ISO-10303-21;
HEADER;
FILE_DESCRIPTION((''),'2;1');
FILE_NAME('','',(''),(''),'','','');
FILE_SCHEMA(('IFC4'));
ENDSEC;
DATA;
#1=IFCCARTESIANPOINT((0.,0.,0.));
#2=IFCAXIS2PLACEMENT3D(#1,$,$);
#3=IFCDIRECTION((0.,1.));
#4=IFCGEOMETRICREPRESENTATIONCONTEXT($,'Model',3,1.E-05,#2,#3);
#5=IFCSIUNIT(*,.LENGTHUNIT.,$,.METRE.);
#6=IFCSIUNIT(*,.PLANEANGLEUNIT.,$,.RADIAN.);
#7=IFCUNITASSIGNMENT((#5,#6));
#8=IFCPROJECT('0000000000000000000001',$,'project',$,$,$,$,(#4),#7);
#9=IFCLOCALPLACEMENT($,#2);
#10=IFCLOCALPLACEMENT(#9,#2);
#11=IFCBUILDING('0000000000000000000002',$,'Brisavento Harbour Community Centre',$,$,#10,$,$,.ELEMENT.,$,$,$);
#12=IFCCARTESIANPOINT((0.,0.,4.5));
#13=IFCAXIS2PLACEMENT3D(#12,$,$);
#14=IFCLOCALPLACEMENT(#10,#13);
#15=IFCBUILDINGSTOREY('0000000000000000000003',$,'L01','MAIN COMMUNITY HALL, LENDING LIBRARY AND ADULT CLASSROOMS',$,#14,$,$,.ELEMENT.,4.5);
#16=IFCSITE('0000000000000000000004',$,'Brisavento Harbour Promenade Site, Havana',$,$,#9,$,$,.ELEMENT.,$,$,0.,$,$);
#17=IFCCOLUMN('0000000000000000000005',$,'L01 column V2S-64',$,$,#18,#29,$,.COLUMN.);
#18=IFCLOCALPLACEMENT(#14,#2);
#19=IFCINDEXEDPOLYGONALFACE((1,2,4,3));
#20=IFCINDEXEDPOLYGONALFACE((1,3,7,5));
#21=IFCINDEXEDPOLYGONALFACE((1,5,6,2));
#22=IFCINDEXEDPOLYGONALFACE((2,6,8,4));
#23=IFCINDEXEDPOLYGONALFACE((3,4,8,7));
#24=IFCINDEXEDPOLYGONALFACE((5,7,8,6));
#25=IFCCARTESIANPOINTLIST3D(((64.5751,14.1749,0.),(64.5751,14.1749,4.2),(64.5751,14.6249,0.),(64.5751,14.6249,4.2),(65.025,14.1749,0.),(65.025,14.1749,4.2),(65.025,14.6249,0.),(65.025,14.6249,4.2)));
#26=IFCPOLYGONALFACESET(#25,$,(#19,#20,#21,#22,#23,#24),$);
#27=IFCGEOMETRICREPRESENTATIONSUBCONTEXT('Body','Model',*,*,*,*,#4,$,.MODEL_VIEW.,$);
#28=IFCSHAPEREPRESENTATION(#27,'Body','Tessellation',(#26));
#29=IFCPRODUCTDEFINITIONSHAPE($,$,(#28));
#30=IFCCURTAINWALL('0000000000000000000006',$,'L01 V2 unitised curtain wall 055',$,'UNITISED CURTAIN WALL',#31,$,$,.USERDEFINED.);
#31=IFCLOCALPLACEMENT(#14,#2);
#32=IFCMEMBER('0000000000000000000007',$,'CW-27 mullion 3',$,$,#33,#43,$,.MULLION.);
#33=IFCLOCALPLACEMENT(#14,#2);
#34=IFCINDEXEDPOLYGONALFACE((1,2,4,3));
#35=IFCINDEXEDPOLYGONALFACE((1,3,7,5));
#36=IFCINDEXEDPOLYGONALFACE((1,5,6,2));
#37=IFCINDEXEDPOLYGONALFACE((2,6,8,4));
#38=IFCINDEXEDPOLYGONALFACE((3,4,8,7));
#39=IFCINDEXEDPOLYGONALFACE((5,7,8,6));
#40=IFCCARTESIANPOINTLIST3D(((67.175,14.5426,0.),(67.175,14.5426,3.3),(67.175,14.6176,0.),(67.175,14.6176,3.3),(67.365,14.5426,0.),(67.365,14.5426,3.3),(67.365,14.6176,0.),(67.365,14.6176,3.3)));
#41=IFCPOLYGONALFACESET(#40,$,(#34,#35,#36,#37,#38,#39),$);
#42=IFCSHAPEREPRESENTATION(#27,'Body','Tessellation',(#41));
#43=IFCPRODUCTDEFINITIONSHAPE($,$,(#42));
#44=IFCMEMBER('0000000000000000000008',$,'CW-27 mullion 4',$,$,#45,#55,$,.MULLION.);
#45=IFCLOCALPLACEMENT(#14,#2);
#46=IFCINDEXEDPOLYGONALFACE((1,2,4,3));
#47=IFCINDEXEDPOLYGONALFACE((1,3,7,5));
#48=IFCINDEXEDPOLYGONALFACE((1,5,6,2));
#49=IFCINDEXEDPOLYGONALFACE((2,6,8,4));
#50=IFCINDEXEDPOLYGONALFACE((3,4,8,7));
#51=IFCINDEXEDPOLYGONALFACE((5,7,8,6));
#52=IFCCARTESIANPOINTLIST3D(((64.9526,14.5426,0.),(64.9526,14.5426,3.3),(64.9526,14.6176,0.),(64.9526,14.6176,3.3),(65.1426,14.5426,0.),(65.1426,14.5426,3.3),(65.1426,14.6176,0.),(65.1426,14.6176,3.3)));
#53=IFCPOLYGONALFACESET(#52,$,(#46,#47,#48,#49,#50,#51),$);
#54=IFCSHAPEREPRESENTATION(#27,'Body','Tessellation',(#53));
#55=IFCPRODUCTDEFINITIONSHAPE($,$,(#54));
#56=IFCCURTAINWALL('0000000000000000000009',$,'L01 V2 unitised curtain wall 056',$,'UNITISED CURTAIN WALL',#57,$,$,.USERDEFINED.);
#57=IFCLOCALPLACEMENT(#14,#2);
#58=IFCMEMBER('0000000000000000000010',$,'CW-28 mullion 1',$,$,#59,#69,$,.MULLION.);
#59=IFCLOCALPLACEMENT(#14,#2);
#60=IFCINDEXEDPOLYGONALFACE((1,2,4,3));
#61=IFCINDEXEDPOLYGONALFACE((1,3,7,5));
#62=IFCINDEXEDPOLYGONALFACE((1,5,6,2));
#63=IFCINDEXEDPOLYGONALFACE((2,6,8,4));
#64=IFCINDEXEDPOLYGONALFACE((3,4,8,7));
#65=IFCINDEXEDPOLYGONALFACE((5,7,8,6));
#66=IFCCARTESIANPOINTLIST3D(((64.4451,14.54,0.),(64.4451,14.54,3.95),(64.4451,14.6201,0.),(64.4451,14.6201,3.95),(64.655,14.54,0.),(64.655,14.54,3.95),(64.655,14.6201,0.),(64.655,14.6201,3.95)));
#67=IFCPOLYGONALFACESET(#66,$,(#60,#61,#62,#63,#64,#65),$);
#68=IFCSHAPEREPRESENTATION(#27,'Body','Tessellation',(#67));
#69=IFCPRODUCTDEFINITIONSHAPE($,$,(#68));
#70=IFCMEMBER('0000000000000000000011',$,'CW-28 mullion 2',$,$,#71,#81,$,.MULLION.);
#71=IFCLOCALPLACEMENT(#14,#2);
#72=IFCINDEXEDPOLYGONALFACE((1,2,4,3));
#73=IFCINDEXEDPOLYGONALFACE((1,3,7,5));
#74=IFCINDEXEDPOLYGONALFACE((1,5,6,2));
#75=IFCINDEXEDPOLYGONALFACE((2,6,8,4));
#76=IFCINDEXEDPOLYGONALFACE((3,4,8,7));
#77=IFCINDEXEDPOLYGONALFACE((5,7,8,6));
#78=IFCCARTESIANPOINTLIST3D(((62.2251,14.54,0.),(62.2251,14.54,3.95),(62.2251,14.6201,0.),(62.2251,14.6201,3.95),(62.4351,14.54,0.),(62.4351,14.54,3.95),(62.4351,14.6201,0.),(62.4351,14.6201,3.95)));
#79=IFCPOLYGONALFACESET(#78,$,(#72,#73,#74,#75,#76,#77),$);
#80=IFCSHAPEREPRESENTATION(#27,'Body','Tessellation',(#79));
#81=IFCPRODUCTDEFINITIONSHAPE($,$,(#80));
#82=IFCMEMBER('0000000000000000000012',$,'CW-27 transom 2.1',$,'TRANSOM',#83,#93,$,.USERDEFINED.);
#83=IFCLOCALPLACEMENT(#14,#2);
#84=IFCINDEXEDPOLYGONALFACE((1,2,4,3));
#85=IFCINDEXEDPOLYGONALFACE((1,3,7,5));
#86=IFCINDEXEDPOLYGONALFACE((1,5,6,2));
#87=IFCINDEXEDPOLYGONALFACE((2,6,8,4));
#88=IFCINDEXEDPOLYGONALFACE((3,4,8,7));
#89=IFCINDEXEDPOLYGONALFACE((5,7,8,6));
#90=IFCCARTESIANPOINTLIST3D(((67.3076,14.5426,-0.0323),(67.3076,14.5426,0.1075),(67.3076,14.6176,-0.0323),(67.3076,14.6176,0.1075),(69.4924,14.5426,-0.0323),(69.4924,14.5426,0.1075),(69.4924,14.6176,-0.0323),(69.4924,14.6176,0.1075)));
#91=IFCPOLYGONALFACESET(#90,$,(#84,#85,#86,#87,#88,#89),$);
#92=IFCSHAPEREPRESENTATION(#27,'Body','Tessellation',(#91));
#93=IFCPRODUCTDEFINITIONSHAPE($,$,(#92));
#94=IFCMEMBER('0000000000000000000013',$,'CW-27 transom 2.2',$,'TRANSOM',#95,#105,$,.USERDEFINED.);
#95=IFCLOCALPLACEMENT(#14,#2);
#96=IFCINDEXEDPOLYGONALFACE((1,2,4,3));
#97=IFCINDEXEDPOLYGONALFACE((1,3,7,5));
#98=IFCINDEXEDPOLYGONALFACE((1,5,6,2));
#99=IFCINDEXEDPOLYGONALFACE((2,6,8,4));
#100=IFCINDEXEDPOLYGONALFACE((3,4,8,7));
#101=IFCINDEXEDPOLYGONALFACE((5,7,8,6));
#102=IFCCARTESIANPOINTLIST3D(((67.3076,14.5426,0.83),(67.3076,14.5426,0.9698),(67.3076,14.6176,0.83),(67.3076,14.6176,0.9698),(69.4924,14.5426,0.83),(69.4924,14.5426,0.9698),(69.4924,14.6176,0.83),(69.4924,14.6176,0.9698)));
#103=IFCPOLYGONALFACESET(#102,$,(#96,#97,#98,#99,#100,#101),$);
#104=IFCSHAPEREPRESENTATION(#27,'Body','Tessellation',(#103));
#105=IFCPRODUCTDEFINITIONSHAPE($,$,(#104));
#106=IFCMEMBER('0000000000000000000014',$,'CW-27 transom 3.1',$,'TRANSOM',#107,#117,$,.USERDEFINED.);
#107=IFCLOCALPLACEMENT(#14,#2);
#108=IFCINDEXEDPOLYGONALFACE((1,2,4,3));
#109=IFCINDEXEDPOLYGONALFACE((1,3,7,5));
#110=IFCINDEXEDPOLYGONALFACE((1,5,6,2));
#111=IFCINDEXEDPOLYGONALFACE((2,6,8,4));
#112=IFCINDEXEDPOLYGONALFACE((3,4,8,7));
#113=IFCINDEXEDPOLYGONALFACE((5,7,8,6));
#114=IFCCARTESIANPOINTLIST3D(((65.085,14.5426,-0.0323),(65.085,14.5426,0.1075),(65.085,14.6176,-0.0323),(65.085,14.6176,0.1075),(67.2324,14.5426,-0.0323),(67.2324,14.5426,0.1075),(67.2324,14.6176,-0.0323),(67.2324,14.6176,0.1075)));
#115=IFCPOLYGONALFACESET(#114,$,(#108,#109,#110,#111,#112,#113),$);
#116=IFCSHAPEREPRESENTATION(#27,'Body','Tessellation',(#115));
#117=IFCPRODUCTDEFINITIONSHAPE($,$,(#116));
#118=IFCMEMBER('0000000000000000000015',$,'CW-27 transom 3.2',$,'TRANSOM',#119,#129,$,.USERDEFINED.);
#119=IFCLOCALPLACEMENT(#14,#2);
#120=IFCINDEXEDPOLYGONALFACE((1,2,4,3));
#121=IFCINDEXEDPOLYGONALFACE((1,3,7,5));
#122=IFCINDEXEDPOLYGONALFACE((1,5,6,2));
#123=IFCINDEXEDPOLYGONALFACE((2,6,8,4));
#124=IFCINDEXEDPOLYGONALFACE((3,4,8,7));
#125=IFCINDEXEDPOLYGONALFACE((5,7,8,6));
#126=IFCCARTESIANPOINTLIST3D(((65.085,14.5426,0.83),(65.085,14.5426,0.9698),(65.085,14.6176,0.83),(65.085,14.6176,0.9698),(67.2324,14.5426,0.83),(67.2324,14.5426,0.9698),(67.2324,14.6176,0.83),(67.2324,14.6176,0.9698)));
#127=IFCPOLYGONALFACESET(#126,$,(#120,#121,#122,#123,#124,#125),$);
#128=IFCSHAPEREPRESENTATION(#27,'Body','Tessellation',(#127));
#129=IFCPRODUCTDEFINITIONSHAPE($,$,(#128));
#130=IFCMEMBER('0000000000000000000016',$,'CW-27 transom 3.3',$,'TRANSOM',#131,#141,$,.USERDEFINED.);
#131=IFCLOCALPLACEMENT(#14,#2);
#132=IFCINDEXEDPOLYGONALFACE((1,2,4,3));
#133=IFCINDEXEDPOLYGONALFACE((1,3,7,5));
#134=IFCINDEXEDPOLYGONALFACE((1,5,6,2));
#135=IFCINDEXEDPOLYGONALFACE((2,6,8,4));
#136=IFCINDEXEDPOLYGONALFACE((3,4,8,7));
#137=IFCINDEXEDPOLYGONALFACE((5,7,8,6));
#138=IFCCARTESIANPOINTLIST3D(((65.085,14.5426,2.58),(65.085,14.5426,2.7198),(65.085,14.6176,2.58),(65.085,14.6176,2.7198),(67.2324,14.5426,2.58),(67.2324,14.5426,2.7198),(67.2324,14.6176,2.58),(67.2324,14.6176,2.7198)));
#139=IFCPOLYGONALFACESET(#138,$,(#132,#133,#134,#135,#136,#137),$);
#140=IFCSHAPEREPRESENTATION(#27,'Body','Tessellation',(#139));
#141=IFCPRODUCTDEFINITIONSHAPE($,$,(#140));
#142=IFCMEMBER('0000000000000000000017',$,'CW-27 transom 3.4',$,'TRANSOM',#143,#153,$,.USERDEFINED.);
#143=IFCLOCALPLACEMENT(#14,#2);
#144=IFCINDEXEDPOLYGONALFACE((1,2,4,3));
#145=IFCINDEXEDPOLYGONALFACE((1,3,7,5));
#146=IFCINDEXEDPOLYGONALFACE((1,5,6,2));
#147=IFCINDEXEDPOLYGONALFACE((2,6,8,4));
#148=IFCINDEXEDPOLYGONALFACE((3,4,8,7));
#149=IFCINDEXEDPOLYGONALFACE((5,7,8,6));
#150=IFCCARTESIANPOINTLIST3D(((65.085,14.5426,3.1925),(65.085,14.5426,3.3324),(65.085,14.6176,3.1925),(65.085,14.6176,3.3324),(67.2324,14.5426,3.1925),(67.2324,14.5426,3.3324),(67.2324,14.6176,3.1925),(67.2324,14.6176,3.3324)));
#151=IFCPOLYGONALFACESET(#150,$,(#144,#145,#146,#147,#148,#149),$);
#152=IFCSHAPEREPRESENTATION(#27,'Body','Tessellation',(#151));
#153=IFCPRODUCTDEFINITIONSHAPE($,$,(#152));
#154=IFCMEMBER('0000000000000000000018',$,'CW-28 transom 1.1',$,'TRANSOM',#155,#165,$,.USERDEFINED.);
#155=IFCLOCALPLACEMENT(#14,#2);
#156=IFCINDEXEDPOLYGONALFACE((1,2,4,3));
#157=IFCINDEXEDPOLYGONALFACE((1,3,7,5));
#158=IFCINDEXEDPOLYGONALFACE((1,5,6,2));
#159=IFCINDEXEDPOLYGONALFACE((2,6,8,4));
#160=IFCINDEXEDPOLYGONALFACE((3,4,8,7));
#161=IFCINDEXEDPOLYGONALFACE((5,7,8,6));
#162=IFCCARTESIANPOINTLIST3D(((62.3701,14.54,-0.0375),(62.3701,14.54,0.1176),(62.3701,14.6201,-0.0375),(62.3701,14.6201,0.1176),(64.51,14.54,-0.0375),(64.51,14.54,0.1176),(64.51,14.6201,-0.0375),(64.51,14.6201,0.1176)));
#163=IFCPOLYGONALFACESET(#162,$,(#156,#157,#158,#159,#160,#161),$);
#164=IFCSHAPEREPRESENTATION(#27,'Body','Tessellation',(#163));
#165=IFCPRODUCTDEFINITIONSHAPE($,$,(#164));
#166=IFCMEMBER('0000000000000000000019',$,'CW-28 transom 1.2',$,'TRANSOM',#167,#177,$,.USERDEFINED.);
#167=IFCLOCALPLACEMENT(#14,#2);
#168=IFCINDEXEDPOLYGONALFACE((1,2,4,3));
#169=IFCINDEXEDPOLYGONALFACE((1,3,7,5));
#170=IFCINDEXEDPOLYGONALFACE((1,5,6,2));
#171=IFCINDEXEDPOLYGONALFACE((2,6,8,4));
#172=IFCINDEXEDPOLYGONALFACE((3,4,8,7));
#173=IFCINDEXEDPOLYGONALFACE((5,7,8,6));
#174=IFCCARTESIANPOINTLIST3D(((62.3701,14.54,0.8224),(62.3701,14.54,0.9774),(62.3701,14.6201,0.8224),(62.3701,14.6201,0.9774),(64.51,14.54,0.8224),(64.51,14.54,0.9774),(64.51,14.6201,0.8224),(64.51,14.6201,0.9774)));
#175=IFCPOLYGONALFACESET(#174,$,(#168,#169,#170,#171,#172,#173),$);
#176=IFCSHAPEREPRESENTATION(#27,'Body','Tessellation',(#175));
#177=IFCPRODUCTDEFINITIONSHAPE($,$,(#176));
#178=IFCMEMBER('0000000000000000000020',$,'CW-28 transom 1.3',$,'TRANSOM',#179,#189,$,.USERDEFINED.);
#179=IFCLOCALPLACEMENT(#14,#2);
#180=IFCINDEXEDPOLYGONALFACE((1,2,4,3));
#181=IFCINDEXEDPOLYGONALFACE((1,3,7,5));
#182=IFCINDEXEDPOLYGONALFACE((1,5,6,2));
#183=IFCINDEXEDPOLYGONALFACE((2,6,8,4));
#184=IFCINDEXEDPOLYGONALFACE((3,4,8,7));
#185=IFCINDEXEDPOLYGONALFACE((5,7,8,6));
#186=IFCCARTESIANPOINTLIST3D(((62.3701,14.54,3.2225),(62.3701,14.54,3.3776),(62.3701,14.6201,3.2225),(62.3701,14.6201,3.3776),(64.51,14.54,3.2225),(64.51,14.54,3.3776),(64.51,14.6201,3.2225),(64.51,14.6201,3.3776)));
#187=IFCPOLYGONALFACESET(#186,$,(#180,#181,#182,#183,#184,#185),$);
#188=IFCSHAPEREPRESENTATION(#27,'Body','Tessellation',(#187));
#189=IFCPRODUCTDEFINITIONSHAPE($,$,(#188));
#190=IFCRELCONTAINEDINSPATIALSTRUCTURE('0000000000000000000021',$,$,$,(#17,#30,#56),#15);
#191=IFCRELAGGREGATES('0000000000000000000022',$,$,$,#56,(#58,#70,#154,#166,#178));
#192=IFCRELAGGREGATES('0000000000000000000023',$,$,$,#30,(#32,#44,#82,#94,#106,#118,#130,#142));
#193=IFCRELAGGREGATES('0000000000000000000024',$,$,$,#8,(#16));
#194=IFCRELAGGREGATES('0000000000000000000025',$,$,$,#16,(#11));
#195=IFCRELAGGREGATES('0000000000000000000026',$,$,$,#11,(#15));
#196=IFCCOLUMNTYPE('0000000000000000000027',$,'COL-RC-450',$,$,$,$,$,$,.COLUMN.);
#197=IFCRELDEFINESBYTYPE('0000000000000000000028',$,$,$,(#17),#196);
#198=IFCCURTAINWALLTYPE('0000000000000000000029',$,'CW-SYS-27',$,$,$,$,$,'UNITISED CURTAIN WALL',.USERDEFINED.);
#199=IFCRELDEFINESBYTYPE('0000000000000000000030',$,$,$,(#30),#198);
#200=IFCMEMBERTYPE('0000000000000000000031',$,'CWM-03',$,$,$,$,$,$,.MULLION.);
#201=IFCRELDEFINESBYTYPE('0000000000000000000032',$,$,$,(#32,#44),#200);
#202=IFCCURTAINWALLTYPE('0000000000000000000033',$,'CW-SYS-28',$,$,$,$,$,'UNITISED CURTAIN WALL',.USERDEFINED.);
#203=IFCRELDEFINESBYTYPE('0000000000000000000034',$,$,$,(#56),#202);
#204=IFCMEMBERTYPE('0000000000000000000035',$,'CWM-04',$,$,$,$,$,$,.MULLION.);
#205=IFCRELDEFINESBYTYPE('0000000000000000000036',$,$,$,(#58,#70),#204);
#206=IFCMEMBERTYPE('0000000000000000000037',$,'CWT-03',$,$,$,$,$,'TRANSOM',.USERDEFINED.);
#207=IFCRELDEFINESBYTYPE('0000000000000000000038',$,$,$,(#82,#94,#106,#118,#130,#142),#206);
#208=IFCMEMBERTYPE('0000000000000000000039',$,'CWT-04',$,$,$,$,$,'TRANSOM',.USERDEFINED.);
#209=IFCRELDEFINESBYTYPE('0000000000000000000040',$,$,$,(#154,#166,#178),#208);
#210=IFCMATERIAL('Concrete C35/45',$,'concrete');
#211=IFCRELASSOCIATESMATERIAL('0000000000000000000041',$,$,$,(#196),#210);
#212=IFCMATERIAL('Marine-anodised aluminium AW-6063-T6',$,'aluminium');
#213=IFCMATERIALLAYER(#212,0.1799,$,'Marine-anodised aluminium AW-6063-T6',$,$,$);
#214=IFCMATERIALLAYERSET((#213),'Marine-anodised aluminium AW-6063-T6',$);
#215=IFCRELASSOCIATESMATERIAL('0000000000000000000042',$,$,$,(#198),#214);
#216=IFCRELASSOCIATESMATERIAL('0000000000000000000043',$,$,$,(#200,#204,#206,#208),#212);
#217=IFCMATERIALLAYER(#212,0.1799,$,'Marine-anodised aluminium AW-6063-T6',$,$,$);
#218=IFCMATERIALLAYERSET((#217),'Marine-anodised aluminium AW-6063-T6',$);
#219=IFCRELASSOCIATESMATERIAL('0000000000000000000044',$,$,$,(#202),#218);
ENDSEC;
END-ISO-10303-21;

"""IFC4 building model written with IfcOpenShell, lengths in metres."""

from ifc_helpers import new_model, si_unit, direction, frame, origin, origin_2d, place, context, subcontext, project, spatial, rectangle, extrude, material, layer, layer_set, material_profile, profile_set, type_object, element, aggregate, save


model = new_model("IFC4")

# Units and contexts
model_context = context("Model", 3, precision=1e-05, world=origin(), true_north=direction((0.0, 1.0)))
body_context = subcontext(model_context, "Body", "Model", "MODEL_VIEW")
ifc_project = project(units=[si_unit("LENGTHUNIT", "METRE"), si_unit("PLANEANGLEUNIT", "RADIAN")], contexts=[model_context])

# Site, building, storey
site_placement = place(None, origin())
site = spatial("IfcSite", under=ifc_project, at=site_placement, Name="Brisavento Harbour Promenade Site, Havana", CompositionType="ELEMENT", RefElevation=0.0)
building_placement = place(site_placement, origin())
building = spatial("IfcBuilding", under=site, at=building_placement, Name="Brisavento Harbour Community Centre", CompositionType="ELEMENT")
storey_placement = place(building_placement, frame((0.0, 0.0, 4.5)))
storey = spatial("IfcBuildingStorey", under=building, at=storey_placement, Name="L01", Description="MAIN COMMUNITY HALL, LENDING LIBRARY AND ADULT CLASSROOMS", CompositionType="ELEMENT", Elevation=4.5)

# Column
ifc_material_1 = material(Name="Concrete C35/45", Category="concrete")
ifc_material_profile_1 = material_profile(ifc_material_1, rectangle(XDim=0.45, YDim=0.45, at=origin_2d()), Name="Concrete C35/45")
ifc_profile_set_1 = profile_set([ifc_material_profile_1], Name="Concrete C35/45")
column_type = type_object("IfcColumnType", Name="COL-RC-450", PredefinedType="COLUMN", material=ifc_profile_set_1)
column_placement = place(storey_placement, frame((64.8, 14.3999, 0.0), z_axis=(0.0, 0.0, 1.0), x_axis=(1.0, 0.0, 0.0)))
element("IfcColumn", 1, at=column_placement, inside=storey, type_object=column_type, Name="L01 column V2S-64", PredefinedType="COLUMN", context=body_context, shape_type="SweptSolid", body=[
    extrude(rectangle(XDim=0.45, YDim=0.45, at=origin_2d()), origin(), (0.0, 0.0, 1.0), 4.2),
])

# Curtain walls, members
ifc_material_2 = material(Name="Marine-anodised aluminium AW-6063-T6", Category="aluminium")
ifc_layer_1 = layer(ifc_material_2, 0.1799, Name="Marine-anodised aluminium AW-6063-T6")
ifc_layer_set_1 = layer_set([ifc_layer_1], Name="Marine-anodised aluminium AW-6063-T6")
curtain_wall_type_1 = type_object("IfcCurtainWallType", Name="CW-SYS-27", ElementType="UNITISED CURTAIN WALL", PredefinedType="USERDEFINED", material=ifc_layer_set_1)
curtain_wall_1_placement = place(storey_placement, origin())
curtain_wall_1 = element("IfcCurtainWall", 2, at=curtain_wall_1_placement, inside=storey, type_object=curtain_wall_type_1, Name="L01 V2 unitised curtain wall 055", ObjectType="UNITISED CURTAIN WALL", PredefinedType="USERDEFINED")
ifc_material_profile_2 = material_profile(ifc_material_2, rectangle(XDim=0.075, YDim=0.1899, at=origin_2d()), Name="Marine-anodised aluminium AW-6063-T6")
ifc_profile_set_2 = profile_set([ifc_material_profile_2], Name="Marine-anodised aluminium AW-6063-T6")
member_type_1 = type_object("IfcMemberType", Name="CWM-03", PredefinedType="MULLION", material=ifc_profile_set_2)
member_1_placement = place(storey_placement, frame((67.27, 14.5801, 0.0), z_axis=(0.0, 0.0, 1.0), x_axis=(0.0, -1.0, 0.0)))
member_1 = element("IfcMember", 3, at=member_1_placement, type_object=member_type_1, Name="CW-27 mullion 3", PredefinedType="MULLION", context=body_context, shape_type="SweptSolid", body=[
    extrude(rectangle(XDim=0.075, YDim=0.1899, at=origin_2d()), origin(), (0.0, 0.0, 1.0), 3.3),
])
member_2_placement = place(storey_placement, frame((65.0476, 14.5801, 0.0), z_axis=(0.0, 0.0, 1.0), x_axis=(0.0, -1.0, 0.0)))
member_2 = element("IfcMember", 4, at=member_2_placement, type_object=member_type_1, Name="CW-27 mullion 4", PredefinedType="MULLION", context=body_context, shape_type="SweptSolid", body=[
    extrude(rectangle(XDim=0.075, YDim=0.1899, at=origin_2d()), origin(), (0.0, 0.0, 1.0), 3.3),
])
ifc_layer_2 = layer(ifc_material_2, 0.1799, Name="Marine-anodised aluminium AW-6063-T6")
ifc_layer_set_2 = layer_set([ifc_layer_2], Name="Marine-anodised aluminium AW-6063-T6")
curtain_wall_type_2 = type_object("IfcCurtainWallType", Name="CW-SYS-28", ElementType="UNITISED CURTAIN WALL", PredefinedType="USERDEFINED", material=ifc_layer_set_2)
curtain_wall_2_placement = place(storey_placement, origin())
curtain_wall_2 = element("IfcCurtainWall", 5, at=curtain_wall_2_placement, inside=storey, type_object=curtain_wall_type_2, Name="L01 V2 unitised curtain wall 056", ObjectType="UNITISED CURTAIN WALL", PredefinedType="USERDEFINED")
ifc_material_profile_3 = material_profile(ifc_material_2, rectangle(XDim=0.0801, YDim=0.21, at=origin_2d()), Name="Marine-anodised aluminium AW-6063-T6")
ifc_profile_set_3 = profile_set([ifc_material_profile_3], Name="Marine-anodised aluminium AW-6063-T6")
member_type_2 = type_object("IfcMemberType", Name="CWM-04", PredefinedType="MULLION", material=ifc_profile_set_3)
member_3_placement = place(storey_placement, frame((64.55, 14.5801, 0.0), z_axis=(0.0, 0.0, 1.0), x_axis=(0.0, -1.0, 0.0)))
member_3 = element("IfcMember", 6, at=member_3_placement, type_object=member_type_2, Name="CW-28 mullion 1", PredefinedType="MULLION", context=body_context, shape_type="SweptSolid", body=[
    extrude(rectangle(XDim=0.0801, YDim=0.21, at=origin_2d()), origin(), (0.0, 0.0, 1.0), 3.95),
])
member_4_placement = place(storey_placement, frame((62.3301, 14.5801, 0.0), z_axis=(0.0, 0.0, 1.0), x_axis=(0.0, -1.0, 0.0)))
member_4 = element("IfcMember", 7, at=member_4_placement, type_object=member_type_2, Name="CW-28 mullion 2", PredefinedType="MULLION", context=body_context, shape_type="SweptSolid", body=[
    extrude(rectangle(XDim=0.0801, YDim=0.21, at=origin_2d()), origin(), (0.0, 0.0, 1.0), 3.95),
])

# Members
ifc_material_profile_4 = material_profile(ifc_material_2, rectangle(XDim=0.075, YDim=0.1399, at=origin_2d()), Name="Marine-anodised aluminium AW-6063-T6")
ifc_profile_set_4 = profile_set([ifc_material_profile_4], Name="Marine-anodised aluminium AW-6063-T6")
member_type_3 = type_object("IfcMemberType", Name="CWT-03", ElementType="TRANSOM", PredefinedType="USERDEFINED", material=ifc_profile_set_4)
member_5_placement = place(storey_placement, frame((69.4924, 14.5801, 0.0376), z_axis=(-1.0, 0.0, 0.0), x_axis=(0.0, -1.0, 0.0)))
member_5 = element("IfcMember", 8, at=member_5_placement, type_object=member_type_3, Name="CW-27 transom 2.1", ObjectType="TRANSOM", PredefinedType="USERDEFINED", context=body_context, shape_type="SweptSolid", body=[
    extrude(rectangle(XDim=0.075, YDim=0.1399, at=origin_2d()), origin(), (0.0, 0.0, 1.0), 2.1848),
])
member_6_placement = place(storey_placement, frame((69.4924, 14.5801, 0.8999), z_axis=(-1.0, 0.0, 0.0), x_axis=(0.0, -1.0, 0.0)))
member_6 = element("IfcMember", 9, at=member_6_placement, type_object=member_type_3, Name="CW-27 transom 2.2", ObjectType="TRANSOM", PredefinedType="USERDEFINED", context=body_context, shape_type="SweptSolid", body=[
    extrude(rectangle(XDim=0.075, YDim=0.1399, at=origin_2d()), origin(), (0.0, 0.0, 1.0), 2.1848),
])
member_7_placement = place(storey_placement, frame((67.2324, 14.5801, 0.0376), z_axis=(-1.0, 0.0, 0.0), x_axis=(0.0, -1.0, 0.0)))
member_7 = element("IfcMember", 10, at=member_7_placement, type_object=member_type_3, Name="CW-27 transom 3.1", ObjectType="TRANSOM", PredefinedType="USERDEFINED", context=body_context, shape_type="SweptSolid", body=[
    extrude(rectangle(XDim=0.075, YDim=0.1399, at=origin_2d()), origin(), (0.0, 0.0, 1.0), 2.1475),
])
member_8_placement = place(storey_placement, frame((67.2324, 14.5801, 0.8999), z_axis=(-1.0, 0.0, 0.0), x_axis=(0.0, -1.0, 0.0)))
member_8 = element("IfcMember", 11, at=member_8_placement, type_object=member_type_3, Name="CW-27 transom 3.2", ObjectType="TRANSOM", PredefinedType="USERDEFINED", context=body_context, shape_type="SweptSolid", body=[
    extrude(rectangle(XDim=0.075, YDim=0.1399, at=origin_2d()), origin(), (0.0, 0.0, 1.0), 2.1475),
])
member_9_placement = place(storey_placement, frame((67.2324, 14.5801, 2.6499), z_axis=(-1.0, 0.0, 0.0), x_axis=(0.0, -1.0, 0.0)))
member_9 = element("IfcMember", 12, at=member_9_placement, type_object=member_type_3, Name="CW-27 transom 3.3", ObjectType="TRANSOM", PredefinedType="USERDEFINED", context=body_context, shape_type="SweptSolid", body=[
    extrude(rectangle(XDim=0.075, YDim=0.1399, at=origin_2d()), origin(), (0.0, 0.0, 1.0), 2.1475),
])
member_10_placement = place(storey_placement, frame((67.2324, 14.5801, 3.2625), z_axis=(-1.0, 0.0, 0.0), x_axis=(0.0, -1.0, 0.0)))
member_10 = element("IfcMember", 13, at=member_10_placement, type_object=member_type_3, Name="CW-27 transom 3.4", ObjectType="TRANSOM", PredefinedType="USERDEFINED", context=body_context, shape_type="SweptSolid", body=[
    extrude(rectangle(XDim=0.075, YDim=0.1399, at=origin_2d()), origin(), (0.0, 0.0, 1.0), 2.1475),
])
ifc_material_profile_5 = material_profile(ifc_material_2, rectangle(XDim=0.0801, YDim=0.155, at=origin_2d()), Name="Marine-anodised aluminium AW-6063-T6")
ifc_profile_set_5 = profile_set([ifc_material_profile_5], Name="Marine-anodised aluminium AW-6063-T6")
member_type_4 = type_object("IfcMemberType", Name="CWT-04", ElementType="TRANSOM", PredefinedType="USERDEFINED", material=ifc_profile_set_5)
member_11_placement = place(storey_placement, frame((64.51, 14.5801, 0.04), z_axis=(-1.0, 0.0, 0.0), x_axis=(0.0, -1.0, 0.0)))
member_11 = element("IfcMember", 14, at=member_11_placement, type_object=member_type_4, Name="CW-28 transom 1.1", ObjectType="TRANSOM", PredefinedType="USERDEFINED", context=body_context, shape_type="SweptSolid", body=[
    extrude(rectangle(XDim=0.0801, YDim=0.155, at=origin_2d()), origin(), (0.0, 0.0, 1.0), 2.1399),
])
member_12_placement = place(storey_placement, frame((64.51, 14.5801, 0.8999), z_axis=(-1.0, 0.0, 0.0), x_axis=(0.0, -1.0, 0.0)))
member_12 = element("IfcMember", 15, at=member_12_placement, type_object=member_type_4, Name="CW-28 transom 1.2", ObjectType="TRANSOM", PredefinedType="USERDEFINED", context=body_context, shape_type="SweptSolid", body=[
    extrude(rectangle(XDim=0.0801, YDim=0.155, at=origin_2d()), origin(), (0.0, 0.0, 1.0), 2.1399),
])
member_13_placement = place(storey_placement, frame((64.51, 14.5801, 3.3), z_axis=(-1.0, 0.0, 0.0), x_axis=(0.0, -1.0, 0.0)))
member_13 = element("IfcMember", 16, at=member_13_placement, type_object=member_type_4, Name="CW-28 transom 1.3", ObjectType="TRANSOM", PredefinedType="USERDEFINED", context=body_context, shape_type="SweptSolid", body=[
    extrude(rectangle(XDim=0.0801, YDim=0.155, at=origin_2d()), origin(), (0.0, 0.0, 1.0), 2.1399),
])

aggregate(curtain_wall_2, [member_3, member_4, member_11, member_12, member_13])
aggregate(curtain_wall_1, [member_1, member_2, member_5, member_6, member_7, member_8, member_9, member_10])

save(model, "model.ifc")
